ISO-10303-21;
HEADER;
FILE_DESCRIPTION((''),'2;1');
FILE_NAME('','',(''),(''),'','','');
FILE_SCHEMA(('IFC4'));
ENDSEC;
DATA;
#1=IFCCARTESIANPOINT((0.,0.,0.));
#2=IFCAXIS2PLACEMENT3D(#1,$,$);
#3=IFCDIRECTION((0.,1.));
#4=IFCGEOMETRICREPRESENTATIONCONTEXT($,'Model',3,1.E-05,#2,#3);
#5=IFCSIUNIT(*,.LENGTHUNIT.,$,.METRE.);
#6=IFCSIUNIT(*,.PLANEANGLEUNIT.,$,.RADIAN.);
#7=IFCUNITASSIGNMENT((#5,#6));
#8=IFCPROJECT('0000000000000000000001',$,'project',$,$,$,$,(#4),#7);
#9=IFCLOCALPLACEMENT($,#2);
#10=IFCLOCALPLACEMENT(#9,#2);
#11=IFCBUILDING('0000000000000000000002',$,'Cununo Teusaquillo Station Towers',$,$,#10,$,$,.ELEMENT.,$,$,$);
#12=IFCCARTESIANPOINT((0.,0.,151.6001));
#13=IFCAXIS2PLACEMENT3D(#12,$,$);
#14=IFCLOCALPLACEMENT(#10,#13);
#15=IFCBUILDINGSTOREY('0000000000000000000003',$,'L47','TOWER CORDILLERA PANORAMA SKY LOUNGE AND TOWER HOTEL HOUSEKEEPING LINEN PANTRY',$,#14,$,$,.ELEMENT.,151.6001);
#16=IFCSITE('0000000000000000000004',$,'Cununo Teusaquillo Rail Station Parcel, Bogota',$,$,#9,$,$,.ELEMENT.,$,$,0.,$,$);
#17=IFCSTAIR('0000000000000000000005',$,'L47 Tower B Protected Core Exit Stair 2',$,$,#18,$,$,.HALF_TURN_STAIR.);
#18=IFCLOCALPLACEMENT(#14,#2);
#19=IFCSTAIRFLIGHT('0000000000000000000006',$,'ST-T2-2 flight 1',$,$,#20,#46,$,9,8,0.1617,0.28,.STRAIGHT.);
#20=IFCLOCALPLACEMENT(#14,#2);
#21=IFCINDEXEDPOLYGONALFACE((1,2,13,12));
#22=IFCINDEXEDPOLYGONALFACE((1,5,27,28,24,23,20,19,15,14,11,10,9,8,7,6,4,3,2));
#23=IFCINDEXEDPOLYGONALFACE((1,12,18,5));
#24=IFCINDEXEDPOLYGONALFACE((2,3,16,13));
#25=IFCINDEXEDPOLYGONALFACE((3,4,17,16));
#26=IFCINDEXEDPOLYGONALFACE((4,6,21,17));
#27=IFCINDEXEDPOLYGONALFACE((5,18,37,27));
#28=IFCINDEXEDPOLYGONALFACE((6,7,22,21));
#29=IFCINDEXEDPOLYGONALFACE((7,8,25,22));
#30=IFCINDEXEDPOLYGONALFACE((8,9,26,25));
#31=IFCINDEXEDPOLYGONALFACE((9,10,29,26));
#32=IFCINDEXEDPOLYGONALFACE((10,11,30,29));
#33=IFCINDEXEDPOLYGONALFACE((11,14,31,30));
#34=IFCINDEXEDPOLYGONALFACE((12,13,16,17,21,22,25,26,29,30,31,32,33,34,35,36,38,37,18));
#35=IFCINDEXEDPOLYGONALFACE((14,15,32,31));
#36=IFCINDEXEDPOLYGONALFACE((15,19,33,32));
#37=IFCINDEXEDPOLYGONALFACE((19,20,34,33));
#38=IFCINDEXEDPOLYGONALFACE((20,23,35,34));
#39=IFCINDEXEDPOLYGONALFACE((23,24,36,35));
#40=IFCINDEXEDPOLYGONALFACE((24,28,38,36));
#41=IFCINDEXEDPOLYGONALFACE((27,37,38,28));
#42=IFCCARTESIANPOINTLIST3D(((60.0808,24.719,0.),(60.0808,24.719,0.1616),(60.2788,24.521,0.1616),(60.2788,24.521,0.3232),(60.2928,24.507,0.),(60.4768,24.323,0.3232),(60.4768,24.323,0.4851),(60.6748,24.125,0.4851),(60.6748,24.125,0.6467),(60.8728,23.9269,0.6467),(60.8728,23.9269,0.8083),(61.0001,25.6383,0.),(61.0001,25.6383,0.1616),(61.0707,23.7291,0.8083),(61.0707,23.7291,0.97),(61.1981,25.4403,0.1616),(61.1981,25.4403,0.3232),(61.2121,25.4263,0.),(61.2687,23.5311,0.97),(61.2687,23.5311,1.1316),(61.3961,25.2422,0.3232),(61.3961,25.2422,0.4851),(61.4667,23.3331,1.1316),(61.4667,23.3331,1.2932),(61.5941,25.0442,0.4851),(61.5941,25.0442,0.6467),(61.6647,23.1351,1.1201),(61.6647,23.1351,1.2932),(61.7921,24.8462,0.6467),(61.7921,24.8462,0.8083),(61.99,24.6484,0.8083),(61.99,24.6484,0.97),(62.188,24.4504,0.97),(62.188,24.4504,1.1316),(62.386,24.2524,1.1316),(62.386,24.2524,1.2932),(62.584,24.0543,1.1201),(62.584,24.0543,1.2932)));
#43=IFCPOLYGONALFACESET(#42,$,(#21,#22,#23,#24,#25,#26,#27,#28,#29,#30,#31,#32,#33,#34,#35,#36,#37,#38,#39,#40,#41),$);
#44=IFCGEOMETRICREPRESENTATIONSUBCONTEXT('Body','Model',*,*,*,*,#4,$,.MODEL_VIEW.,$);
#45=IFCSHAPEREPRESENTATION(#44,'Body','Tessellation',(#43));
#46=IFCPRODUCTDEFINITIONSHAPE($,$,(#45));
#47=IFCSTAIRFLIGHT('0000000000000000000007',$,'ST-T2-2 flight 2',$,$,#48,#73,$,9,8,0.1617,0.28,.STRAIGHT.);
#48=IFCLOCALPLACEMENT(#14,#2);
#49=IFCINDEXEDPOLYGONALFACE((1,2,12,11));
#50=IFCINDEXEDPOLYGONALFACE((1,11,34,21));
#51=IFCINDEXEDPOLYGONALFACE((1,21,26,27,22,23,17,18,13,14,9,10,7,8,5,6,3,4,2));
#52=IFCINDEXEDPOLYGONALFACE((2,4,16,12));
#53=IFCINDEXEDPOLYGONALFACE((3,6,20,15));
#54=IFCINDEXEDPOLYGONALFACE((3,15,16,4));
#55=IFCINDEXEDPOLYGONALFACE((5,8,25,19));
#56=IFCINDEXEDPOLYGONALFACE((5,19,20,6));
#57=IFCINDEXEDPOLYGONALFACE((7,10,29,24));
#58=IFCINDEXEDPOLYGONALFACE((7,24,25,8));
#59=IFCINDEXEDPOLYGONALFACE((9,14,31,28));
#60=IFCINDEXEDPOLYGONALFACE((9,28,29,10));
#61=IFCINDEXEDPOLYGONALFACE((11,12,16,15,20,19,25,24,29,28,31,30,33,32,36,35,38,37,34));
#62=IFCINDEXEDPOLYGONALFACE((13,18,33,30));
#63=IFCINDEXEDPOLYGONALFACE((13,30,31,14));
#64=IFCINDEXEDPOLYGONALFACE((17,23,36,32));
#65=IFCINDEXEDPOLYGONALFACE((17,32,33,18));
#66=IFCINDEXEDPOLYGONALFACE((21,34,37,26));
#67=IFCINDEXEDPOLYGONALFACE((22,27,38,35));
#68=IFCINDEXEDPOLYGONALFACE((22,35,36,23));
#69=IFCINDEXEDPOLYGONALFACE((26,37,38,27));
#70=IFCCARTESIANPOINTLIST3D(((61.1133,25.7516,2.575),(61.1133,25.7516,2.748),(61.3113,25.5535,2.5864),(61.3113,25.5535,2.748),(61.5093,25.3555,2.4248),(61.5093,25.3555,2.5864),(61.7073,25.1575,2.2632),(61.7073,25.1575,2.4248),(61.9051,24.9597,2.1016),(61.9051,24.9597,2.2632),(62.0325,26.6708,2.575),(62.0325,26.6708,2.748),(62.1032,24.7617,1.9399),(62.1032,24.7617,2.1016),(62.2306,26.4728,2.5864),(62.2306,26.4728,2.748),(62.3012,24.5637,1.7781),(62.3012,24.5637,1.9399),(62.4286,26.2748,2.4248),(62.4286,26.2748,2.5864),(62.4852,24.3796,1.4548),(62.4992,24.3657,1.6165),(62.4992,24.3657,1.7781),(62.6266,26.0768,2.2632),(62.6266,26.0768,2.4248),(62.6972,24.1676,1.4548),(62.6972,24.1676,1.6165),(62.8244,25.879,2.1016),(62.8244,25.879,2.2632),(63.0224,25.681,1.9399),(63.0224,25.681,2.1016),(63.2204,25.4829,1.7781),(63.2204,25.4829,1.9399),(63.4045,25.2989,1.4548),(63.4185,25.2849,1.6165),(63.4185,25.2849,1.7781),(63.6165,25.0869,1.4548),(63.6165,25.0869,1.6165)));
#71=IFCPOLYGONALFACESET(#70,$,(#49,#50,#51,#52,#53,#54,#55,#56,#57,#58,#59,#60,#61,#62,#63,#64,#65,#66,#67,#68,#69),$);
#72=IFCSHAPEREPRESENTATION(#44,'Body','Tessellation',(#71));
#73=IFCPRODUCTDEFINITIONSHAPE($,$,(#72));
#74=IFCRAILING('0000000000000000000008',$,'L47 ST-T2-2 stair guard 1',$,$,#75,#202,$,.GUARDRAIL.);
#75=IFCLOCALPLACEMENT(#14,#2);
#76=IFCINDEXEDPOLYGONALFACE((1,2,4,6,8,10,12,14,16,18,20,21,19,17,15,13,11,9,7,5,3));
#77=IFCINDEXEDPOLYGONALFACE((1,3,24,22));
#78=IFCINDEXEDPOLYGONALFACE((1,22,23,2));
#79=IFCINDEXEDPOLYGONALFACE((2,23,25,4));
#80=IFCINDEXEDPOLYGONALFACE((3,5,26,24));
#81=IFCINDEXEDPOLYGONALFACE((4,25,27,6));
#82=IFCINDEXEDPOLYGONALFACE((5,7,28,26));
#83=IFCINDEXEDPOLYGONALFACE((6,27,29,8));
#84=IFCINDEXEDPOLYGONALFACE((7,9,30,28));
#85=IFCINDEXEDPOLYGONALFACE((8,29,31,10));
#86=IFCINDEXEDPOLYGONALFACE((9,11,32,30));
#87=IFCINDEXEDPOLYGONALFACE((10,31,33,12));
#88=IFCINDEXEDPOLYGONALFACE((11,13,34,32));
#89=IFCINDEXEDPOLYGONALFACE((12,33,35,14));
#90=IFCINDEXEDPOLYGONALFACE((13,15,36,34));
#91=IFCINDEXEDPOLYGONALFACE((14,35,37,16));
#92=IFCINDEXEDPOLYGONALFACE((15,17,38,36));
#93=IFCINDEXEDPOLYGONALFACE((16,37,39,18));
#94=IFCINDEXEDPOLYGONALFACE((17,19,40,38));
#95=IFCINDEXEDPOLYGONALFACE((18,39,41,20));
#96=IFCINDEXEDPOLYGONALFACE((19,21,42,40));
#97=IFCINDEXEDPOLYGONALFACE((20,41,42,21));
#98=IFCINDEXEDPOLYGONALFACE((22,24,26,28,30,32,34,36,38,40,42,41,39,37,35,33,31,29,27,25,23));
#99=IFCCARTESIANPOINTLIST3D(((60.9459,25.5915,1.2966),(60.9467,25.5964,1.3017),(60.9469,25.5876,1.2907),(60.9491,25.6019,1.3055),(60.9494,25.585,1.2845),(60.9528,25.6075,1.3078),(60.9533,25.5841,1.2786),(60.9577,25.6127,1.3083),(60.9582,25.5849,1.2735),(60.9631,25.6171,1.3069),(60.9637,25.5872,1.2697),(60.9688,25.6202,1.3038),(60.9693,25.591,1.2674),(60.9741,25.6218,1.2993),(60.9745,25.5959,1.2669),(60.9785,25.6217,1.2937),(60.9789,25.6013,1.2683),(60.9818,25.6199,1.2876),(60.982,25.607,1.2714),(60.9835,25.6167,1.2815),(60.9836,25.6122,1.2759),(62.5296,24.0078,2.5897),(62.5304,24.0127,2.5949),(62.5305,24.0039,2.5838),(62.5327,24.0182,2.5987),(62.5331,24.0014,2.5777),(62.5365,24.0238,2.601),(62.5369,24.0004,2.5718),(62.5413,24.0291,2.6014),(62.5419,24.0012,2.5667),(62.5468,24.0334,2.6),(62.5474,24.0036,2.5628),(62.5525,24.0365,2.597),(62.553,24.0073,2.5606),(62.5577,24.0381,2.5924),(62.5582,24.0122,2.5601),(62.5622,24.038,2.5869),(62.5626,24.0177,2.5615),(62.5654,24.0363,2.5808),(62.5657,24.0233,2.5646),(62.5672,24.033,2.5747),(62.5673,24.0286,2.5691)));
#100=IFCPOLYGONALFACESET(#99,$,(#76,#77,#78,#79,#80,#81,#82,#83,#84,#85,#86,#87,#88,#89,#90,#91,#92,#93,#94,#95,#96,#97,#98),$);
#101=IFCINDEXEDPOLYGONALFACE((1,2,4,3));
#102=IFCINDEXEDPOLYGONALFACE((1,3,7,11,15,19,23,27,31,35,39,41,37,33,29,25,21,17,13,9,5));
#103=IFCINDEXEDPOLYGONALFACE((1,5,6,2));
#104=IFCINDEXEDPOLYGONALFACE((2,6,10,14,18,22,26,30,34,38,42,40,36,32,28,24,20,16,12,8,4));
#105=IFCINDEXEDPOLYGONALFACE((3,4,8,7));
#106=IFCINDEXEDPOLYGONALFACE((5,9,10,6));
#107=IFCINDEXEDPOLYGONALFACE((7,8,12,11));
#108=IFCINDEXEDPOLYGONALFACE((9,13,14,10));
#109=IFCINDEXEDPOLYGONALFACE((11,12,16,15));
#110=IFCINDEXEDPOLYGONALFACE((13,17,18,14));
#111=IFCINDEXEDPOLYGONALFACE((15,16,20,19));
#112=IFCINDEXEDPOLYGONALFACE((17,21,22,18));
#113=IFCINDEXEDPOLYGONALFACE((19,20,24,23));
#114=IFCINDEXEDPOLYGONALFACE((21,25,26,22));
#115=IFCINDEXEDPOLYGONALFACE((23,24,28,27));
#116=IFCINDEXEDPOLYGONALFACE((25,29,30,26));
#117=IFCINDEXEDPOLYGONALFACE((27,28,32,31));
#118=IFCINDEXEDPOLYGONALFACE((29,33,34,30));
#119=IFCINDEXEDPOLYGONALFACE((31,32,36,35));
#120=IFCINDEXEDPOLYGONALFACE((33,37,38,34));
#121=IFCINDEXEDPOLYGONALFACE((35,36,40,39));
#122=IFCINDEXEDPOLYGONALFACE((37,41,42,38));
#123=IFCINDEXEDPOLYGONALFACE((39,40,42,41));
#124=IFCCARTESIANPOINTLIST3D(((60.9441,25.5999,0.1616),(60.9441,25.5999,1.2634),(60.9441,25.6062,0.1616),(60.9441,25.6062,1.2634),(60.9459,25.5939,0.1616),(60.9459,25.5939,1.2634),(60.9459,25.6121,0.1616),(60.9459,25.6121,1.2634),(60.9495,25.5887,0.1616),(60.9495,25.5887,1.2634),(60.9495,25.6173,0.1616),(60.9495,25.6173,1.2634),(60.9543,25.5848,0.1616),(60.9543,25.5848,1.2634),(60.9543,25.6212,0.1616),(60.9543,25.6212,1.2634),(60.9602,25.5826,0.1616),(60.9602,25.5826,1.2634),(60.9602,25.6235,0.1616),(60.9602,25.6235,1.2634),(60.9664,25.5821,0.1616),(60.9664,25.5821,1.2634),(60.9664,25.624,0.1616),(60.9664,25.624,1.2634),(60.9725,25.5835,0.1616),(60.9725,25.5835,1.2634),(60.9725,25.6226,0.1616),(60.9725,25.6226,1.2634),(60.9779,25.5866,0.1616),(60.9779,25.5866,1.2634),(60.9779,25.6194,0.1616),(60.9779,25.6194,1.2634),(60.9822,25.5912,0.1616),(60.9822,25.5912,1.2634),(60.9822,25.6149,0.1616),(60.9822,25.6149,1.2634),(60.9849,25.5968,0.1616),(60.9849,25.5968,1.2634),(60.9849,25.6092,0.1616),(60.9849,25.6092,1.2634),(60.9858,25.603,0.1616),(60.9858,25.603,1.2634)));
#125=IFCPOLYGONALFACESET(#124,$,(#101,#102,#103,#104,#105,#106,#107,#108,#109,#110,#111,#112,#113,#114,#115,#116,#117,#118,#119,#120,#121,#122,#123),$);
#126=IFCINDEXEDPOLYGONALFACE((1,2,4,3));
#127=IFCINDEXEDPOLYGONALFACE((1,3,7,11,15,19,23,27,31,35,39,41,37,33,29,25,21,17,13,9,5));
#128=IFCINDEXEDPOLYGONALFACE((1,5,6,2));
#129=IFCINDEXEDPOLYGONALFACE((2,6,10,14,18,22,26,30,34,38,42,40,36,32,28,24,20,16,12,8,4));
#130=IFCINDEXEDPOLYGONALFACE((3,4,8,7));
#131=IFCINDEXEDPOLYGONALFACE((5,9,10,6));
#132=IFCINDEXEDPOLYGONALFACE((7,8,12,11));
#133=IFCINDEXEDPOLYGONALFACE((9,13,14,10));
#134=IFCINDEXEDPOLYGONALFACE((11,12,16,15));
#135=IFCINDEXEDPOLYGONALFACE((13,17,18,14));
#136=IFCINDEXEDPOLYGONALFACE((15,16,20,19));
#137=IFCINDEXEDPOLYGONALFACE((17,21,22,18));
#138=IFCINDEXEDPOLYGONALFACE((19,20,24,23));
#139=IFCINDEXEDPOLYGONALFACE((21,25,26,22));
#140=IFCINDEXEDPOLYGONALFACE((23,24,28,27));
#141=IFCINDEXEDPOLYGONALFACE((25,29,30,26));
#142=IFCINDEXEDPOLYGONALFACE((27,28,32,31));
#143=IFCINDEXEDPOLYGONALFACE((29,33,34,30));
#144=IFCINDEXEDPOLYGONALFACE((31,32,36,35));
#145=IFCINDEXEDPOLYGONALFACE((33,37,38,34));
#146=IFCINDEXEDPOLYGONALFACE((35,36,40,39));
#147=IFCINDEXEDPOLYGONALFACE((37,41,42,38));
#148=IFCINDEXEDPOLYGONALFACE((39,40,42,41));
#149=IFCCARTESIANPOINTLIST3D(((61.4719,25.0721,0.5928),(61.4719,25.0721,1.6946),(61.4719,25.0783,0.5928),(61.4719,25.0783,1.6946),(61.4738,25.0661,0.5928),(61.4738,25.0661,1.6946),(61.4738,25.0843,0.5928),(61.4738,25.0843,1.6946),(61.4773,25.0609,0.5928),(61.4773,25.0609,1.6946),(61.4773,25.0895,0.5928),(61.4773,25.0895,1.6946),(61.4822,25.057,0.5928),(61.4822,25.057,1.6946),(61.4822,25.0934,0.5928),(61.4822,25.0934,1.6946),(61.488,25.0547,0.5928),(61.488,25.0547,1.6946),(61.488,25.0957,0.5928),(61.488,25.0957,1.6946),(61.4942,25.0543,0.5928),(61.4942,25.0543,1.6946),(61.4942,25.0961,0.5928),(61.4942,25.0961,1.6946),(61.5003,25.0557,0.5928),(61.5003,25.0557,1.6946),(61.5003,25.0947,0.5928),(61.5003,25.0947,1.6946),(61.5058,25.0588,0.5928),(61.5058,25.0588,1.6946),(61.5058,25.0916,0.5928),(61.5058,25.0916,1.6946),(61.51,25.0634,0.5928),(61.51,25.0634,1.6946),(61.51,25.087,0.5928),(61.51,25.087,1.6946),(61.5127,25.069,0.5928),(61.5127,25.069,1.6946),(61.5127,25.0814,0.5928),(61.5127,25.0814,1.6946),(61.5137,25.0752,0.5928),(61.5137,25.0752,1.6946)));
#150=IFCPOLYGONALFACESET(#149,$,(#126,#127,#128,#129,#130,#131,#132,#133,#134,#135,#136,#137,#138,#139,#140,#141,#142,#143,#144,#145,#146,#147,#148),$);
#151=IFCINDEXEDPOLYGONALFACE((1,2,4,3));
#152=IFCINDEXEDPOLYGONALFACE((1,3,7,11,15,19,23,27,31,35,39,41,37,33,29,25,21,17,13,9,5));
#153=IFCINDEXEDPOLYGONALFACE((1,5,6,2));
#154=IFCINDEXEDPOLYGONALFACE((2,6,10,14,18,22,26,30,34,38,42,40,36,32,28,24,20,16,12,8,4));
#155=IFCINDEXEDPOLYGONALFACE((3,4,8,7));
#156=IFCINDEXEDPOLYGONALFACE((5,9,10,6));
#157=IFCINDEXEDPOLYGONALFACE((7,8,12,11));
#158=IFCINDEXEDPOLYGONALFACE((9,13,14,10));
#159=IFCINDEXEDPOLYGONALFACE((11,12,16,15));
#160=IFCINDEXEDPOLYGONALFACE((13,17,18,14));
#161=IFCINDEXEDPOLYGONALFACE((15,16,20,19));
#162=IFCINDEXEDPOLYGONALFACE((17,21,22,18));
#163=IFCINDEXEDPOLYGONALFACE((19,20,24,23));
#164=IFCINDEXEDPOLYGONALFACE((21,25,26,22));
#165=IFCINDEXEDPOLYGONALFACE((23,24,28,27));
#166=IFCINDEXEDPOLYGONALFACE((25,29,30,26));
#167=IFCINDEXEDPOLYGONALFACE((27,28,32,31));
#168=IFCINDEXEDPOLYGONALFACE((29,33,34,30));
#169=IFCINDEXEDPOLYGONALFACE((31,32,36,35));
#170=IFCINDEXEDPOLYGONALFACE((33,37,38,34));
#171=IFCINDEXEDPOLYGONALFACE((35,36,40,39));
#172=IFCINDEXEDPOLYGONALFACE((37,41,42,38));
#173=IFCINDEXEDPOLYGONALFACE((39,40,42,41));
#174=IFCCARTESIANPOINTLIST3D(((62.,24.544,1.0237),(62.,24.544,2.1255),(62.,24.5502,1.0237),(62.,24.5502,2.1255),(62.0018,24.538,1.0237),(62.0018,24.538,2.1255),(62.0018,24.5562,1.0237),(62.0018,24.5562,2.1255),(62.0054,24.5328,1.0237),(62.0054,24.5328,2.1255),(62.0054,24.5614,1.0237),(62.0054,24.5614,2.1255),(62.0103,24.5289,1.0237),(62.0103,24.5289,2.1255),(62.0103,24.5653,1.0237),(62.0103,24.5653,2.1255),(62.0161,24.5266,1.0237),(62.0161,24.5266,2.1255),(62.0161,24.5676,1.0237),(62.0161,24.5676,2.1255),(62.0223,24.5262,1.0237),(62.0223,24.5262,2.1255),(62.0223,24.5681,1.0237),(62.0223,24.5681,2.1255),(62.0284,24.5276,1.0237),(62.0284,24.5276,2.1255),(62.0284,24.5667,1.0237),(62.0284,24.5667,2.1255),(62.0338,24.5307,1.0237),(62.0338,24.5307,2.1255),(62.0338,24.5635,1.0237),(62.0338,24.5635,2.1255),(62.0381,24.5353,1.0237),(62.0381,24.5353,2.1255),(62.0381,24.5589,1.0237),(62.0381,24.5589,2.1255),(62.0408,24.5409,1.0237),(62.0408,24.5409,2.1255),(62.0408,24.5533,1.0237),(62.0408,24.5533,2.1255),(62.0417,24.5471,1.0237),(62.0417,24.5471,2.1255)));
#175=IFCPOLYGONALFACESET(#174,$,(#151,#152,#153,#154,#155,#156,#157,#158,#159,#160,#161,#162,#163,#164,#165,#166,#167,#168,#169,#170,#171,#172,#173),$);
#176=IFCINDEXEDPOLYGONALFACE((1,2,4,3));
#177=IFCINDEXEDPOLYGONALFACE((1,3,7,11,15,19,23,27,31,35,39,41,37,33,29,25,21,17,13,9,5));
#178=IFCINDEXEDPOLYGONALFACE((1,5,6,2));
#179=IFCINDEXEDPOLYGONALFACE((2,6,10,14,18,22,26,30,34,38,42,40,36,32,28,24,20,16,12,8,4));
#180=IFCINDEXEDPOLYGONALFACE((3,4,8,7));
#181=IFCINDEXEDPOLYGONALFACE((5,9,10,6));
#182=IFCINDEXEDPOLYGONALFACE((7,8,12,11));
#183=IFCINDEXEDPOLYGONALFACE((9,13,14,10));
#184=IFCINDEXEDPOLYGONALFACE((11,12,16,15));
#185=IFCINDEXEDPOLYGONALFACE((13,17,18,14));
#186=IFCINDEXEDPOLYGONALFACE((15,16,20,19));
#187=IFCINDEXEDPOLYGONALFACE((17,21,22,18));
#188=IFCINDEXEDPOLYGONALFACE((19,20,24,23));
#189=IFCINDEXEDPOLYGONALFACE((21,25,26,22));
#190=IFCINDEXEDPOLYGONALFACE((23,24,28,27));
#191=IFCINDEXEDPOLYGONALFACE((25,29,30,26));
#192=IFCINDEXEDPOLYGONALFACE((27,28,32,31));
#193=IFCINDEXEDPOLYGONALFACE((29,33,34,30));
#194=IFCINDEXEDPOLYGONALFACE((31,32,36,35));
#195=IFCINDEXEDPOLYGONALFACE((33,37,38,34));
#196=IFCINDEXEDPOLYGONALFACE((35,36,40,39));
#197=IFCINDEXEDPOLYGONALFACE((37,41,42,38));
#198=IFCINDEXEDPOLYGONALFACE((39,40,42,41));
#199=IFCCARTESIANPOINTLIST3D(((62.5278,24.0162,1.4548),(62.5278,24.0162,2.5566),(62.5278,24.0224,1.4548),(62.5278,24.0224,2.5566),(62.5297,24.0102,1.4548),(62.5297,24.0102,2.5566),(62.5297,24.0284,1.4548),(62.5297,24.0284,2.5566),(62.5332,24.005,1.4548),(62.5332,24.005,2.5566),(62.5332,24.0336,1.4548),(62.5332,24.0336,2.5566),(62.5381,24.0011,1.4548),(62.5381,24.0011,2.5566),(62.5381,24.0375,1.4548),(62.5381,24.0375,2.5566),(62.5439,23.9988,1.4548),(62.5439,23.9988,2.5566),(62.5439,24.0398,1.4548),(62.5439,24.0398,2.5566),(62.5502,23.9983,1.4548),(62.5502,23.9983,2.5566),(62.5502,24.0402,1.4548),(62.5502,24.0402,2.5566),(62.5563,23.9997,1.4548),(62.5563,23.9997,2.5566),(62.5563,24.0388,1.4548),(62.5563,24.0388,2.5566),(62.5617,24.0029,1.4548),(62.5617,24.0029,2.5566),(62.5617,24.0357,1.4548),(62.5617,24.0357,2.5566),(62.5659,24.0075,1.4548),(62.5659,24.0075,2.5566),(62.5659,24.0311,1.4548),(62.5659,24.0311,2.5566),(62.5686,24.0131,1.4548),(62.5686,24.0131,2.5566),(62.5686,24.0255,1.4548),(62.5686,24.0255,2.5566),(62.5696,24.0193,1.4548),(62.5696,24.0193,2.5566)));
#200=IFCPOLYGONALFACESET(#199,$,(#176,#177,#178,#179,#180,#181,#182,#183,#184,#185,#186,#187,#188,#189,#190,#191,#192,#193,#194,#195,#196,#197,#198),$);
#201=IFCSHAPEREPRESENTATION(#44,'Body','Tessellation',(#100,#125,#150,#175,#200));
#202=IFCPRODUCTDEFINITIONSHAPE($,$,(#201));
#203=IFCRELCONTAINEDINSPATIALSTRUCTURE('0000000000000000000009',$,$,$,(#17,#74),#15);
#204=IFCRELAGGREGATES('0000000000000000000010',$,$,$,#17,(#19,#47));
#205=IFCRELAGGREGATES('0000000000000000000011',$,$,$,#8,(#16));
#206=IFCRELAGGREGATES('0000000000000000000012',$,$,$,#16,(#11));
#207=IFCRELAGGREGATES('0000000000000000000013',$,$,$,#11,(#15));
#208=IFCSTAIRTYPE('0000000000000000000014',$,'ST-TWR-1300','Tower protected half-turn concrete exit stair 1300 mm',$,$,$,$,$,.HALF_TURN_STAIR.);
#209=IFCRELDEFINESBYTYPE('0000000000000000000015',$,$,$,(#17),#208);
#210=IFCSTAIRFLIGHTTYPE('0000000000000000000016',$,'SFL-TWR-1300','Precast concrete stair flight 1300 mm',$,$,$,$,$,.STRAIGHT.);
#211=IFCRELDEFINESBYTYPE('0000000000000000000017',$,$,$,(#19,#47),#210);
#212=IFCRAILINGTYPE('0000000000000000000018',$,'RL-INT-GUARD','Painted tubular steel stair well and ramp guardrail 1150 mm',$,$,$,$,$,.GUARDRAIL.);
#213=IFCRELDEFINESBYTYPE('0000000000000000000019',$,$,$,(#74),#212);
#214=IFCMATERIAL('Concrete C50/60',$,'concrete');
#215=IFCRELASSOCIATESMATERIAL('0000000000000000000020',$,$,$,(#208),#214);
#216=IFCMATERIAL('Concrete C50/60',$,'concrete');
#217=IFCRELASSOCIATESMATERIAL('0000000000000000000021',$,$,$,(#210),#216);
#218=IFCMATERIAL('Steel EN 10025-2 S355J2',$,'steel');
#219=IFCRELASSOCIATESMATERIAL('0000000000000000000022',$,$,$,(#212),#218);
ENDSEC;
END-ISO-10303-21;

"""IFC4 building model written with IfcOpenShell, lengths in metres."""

from ifc_helpers import new_model, si_unit, direction, frame, origin, origin_2d, place, context, subcontext, project, spatial, polyline, circle, outline, extrude, material, type_object, element, aggregate, save


model = new_model("IFC4")

# Units and contexts
model_context = context("Model", 3, precision=1e-05, world=origin(), true_north=direction((0.0, 1.0)))
body_context = subcontext(model_context, "Body", "Model", "MODEL_VIEW")
ifc_project = project(units=[si_unit("LENGTHUNIT", "METRE"), si_unit("PLANEANGLEUNIT", "RADIAN")], contexts=[model_context])

# Site, building, storey
site_placement = place(None, origin())
site = spatial("IfcSite", under=ifc_project, at=site_placement, Name="Cununo Teusaquillo Rail Station Parcel, Bogota", CompositionType="ELEMENT", RefElevation=0.0)
building_placement = place(site_placement, origin())
building = spatial("IfcBuilding", under=site, at=building_placement, Name="Cununo Teusaquillo Station Towers", CompositionType="ELEMENT")
storey_placement = place(building_placement, frame((0.0, 0.0, 151.6001)))
storey = spatial("IfcBuildingStorey", under=building, at=storey_placement, Name="L47", Description="TOWER CORDILLERA PANORAMA SKY LOUNGE AND TOWER HOTEL HOUSEKEEPING LINEN PANTRY", CompositionType="ELEMENT", Elevation=151.6001)

# Stair, stair flights
ifc_material_1 = material(Name="Concrete C50/60", Category="concrete")
stair_type = type_object("IfcStairType", Name="ST-TWR-1300", Description="Tower protected half-turn concrete exit stair 1300 mm", PredefinedType="HALF_TURN_STAIR", material=ifc_material_1)
stair_placement = place(storey_placement, origin())
stair = element("IfcStair", 1, at=stair_placement, inside=storey, type_object=stair_type, Name="L47 Tower B Protected Core Exit Stair 2", PredefinedType="HALF_TURN_STAIR")
ifc_material_2 = material(Name="Concrete C50/60", Category="concrete")
stair_flight_type = type_object("IfcStairFlightType", Name="SFL-TWR-1300", Description="Precast concrete stair flight 1300 mm", PredefinedType="STRAIGHT", material=ifc_material_2)
stair_flight_1_placement = place(storey_placement, frame((60.5405, 25.1787, 0.0), z_axis=(0.0, 0.0, 1.0), x_axis=(0.707107, -0.707107, 0.0)))
stair_flight_1 = element("IfcStairFlight", 2, at=stair_flight_1_placement, type_object=stair_flight_type, Name="ST-T2-2 flight 1", NumberOfRisers=9, NumberOfTreads=8, PredefinedType="STRAIGHT", RiserHeight=0.1617, TreadLength=0.28, context=body_context, shape_type="SweptSolid", body=[
    extrude(outline(polyline([(0.0, 0.0), (0.0, 0.1616), (0.28, 0.1616), (0.28, 0.3232), (0.5601, 0.3232), (0.5601, 0.4851), (0.8401, 0.4851), (0.8401, 0.6467), (1.1201, 0.6467), (1.1201, 0.8083), (1.3999, 0.8083), (1.3999, 0.97), (1.6799, 0.97), (1.6799, 1.1316), (1.96, 1.1316), (1.96, 1.2932), (2.24, 1.2932), (2.24, 1.4551), (2.24, 1.1201), (0.2998, 0.0), (0.0, 0.0)])), frame((0.0, 0.6499, 0.0), z_axis=(0.0, -1.0, 0.0), x_axis=(1.0, 0.0, 0.0)), (0.0, 0.0, 1.0), 1.3),
])
stair_flight_2_placement = place(storey_placement, frame((63.1567, 24.6272, 1.4548), z_axis=(0.0, 0.0, 1.0), x_axis=(-0.707107, 0.707107, 0.0)))
stair_flight_2 = element("IfcStairFlight", 3, at=stair_flight_2_placement, type_object=stair_flight_type, Name="ST-T2-2 flight 2", NumberOfRisers=9, NumberOfTreads=8, PredefinedType="STRAIGHT", RiserHeight=0.1617, TreadLength=0.28, context=body_context, shape_type="SweptSolid", body=[
    extrude(outline(polyline([(0.0, 0.0), (0.0, 0.1616), (0.28, 0.1616), (0.28, 0.3232), (0.5601, 0.3232), (0.5601, 0.4851), (0.8401, 0.4851), (0.8401, 0.6467), (1.1201, 0.6467), (1.1201, 0.8083), (1.3999, 0.8083), (1.3999, 0.97), (1.6799, 0.97), (1.6799, 1.1316), (1.96, 1.1316), (1.96, 1.2932), (2.24, 1.2932), (2.24, 1.4551), (2.24, 1.1201), (0.2998, 0.0), (0.0, 0.0)])), frame((0.0, 0.6499, 0.0), z_axis=(0.0, -1.0, 0.0), x_axis=(1.0, 0.0, 0.0)), (0.0, 0.0, 1.0), 1.3),
])
aggregate(stair, [stair_flight_1, stair_flight_2])

# Railing
ifc_material_3 = material(Name="Steel EN 10025-2 S355J2", Category="steel")
railing_type_1 = type_object("IfcRailingType", Name="RL-INT-GUARD", Description="Painted tubular steel stair well and ramp guardrail 1150 mm", PredefinedType="GUARDRAIL", material=ifc_material_3)
railing_1_placement = place(storey_placement, frame((60.9648, 25.603, 0.1616)))
element("IfcRailing", 4, at=railing_1_placement, inside=storey, type_object=railing_type_1, Name="L47 ST-T2-2 stair guard 1", PredefinedType="GUARDRAIL", context=body_context, shape_type="SweptSolid", body=[
    extrude(circle(Radius=0.0239, at=origin_2d()), frame((0.0, 0.0, 1.126), z_axis=(0.612361, -0.612361, 0.500027), x_axis=(0.707107, 0.707107, 0.0)), (0.0, 0.0, 1.0), 2.5862),
    extrude(circle(Radius=0.021, at=origin_2d()), origin(), (0.0, 0.0, 1.0), 1.1018),
    extrude(circle(Radius=0.021, at=origin_2d()), frame((0.5278, -0.5278, 0.4312)), (0.0, 0.0, 1.0), 1.1018),
    extrude(circle(Radius=0.021, at=origin_2d()), frame((1.0559, -1.0559, 0.8621)), (0.0, 0.0, 1.0), 1.1018),
    extrude(circle(Radius=0.021, at=origin_2d()), frame((1.5837, -1.5837, 1.2932)), (0.0, 0.0, 1.0), 1.1018),
])

save(model, "model.ifc")
